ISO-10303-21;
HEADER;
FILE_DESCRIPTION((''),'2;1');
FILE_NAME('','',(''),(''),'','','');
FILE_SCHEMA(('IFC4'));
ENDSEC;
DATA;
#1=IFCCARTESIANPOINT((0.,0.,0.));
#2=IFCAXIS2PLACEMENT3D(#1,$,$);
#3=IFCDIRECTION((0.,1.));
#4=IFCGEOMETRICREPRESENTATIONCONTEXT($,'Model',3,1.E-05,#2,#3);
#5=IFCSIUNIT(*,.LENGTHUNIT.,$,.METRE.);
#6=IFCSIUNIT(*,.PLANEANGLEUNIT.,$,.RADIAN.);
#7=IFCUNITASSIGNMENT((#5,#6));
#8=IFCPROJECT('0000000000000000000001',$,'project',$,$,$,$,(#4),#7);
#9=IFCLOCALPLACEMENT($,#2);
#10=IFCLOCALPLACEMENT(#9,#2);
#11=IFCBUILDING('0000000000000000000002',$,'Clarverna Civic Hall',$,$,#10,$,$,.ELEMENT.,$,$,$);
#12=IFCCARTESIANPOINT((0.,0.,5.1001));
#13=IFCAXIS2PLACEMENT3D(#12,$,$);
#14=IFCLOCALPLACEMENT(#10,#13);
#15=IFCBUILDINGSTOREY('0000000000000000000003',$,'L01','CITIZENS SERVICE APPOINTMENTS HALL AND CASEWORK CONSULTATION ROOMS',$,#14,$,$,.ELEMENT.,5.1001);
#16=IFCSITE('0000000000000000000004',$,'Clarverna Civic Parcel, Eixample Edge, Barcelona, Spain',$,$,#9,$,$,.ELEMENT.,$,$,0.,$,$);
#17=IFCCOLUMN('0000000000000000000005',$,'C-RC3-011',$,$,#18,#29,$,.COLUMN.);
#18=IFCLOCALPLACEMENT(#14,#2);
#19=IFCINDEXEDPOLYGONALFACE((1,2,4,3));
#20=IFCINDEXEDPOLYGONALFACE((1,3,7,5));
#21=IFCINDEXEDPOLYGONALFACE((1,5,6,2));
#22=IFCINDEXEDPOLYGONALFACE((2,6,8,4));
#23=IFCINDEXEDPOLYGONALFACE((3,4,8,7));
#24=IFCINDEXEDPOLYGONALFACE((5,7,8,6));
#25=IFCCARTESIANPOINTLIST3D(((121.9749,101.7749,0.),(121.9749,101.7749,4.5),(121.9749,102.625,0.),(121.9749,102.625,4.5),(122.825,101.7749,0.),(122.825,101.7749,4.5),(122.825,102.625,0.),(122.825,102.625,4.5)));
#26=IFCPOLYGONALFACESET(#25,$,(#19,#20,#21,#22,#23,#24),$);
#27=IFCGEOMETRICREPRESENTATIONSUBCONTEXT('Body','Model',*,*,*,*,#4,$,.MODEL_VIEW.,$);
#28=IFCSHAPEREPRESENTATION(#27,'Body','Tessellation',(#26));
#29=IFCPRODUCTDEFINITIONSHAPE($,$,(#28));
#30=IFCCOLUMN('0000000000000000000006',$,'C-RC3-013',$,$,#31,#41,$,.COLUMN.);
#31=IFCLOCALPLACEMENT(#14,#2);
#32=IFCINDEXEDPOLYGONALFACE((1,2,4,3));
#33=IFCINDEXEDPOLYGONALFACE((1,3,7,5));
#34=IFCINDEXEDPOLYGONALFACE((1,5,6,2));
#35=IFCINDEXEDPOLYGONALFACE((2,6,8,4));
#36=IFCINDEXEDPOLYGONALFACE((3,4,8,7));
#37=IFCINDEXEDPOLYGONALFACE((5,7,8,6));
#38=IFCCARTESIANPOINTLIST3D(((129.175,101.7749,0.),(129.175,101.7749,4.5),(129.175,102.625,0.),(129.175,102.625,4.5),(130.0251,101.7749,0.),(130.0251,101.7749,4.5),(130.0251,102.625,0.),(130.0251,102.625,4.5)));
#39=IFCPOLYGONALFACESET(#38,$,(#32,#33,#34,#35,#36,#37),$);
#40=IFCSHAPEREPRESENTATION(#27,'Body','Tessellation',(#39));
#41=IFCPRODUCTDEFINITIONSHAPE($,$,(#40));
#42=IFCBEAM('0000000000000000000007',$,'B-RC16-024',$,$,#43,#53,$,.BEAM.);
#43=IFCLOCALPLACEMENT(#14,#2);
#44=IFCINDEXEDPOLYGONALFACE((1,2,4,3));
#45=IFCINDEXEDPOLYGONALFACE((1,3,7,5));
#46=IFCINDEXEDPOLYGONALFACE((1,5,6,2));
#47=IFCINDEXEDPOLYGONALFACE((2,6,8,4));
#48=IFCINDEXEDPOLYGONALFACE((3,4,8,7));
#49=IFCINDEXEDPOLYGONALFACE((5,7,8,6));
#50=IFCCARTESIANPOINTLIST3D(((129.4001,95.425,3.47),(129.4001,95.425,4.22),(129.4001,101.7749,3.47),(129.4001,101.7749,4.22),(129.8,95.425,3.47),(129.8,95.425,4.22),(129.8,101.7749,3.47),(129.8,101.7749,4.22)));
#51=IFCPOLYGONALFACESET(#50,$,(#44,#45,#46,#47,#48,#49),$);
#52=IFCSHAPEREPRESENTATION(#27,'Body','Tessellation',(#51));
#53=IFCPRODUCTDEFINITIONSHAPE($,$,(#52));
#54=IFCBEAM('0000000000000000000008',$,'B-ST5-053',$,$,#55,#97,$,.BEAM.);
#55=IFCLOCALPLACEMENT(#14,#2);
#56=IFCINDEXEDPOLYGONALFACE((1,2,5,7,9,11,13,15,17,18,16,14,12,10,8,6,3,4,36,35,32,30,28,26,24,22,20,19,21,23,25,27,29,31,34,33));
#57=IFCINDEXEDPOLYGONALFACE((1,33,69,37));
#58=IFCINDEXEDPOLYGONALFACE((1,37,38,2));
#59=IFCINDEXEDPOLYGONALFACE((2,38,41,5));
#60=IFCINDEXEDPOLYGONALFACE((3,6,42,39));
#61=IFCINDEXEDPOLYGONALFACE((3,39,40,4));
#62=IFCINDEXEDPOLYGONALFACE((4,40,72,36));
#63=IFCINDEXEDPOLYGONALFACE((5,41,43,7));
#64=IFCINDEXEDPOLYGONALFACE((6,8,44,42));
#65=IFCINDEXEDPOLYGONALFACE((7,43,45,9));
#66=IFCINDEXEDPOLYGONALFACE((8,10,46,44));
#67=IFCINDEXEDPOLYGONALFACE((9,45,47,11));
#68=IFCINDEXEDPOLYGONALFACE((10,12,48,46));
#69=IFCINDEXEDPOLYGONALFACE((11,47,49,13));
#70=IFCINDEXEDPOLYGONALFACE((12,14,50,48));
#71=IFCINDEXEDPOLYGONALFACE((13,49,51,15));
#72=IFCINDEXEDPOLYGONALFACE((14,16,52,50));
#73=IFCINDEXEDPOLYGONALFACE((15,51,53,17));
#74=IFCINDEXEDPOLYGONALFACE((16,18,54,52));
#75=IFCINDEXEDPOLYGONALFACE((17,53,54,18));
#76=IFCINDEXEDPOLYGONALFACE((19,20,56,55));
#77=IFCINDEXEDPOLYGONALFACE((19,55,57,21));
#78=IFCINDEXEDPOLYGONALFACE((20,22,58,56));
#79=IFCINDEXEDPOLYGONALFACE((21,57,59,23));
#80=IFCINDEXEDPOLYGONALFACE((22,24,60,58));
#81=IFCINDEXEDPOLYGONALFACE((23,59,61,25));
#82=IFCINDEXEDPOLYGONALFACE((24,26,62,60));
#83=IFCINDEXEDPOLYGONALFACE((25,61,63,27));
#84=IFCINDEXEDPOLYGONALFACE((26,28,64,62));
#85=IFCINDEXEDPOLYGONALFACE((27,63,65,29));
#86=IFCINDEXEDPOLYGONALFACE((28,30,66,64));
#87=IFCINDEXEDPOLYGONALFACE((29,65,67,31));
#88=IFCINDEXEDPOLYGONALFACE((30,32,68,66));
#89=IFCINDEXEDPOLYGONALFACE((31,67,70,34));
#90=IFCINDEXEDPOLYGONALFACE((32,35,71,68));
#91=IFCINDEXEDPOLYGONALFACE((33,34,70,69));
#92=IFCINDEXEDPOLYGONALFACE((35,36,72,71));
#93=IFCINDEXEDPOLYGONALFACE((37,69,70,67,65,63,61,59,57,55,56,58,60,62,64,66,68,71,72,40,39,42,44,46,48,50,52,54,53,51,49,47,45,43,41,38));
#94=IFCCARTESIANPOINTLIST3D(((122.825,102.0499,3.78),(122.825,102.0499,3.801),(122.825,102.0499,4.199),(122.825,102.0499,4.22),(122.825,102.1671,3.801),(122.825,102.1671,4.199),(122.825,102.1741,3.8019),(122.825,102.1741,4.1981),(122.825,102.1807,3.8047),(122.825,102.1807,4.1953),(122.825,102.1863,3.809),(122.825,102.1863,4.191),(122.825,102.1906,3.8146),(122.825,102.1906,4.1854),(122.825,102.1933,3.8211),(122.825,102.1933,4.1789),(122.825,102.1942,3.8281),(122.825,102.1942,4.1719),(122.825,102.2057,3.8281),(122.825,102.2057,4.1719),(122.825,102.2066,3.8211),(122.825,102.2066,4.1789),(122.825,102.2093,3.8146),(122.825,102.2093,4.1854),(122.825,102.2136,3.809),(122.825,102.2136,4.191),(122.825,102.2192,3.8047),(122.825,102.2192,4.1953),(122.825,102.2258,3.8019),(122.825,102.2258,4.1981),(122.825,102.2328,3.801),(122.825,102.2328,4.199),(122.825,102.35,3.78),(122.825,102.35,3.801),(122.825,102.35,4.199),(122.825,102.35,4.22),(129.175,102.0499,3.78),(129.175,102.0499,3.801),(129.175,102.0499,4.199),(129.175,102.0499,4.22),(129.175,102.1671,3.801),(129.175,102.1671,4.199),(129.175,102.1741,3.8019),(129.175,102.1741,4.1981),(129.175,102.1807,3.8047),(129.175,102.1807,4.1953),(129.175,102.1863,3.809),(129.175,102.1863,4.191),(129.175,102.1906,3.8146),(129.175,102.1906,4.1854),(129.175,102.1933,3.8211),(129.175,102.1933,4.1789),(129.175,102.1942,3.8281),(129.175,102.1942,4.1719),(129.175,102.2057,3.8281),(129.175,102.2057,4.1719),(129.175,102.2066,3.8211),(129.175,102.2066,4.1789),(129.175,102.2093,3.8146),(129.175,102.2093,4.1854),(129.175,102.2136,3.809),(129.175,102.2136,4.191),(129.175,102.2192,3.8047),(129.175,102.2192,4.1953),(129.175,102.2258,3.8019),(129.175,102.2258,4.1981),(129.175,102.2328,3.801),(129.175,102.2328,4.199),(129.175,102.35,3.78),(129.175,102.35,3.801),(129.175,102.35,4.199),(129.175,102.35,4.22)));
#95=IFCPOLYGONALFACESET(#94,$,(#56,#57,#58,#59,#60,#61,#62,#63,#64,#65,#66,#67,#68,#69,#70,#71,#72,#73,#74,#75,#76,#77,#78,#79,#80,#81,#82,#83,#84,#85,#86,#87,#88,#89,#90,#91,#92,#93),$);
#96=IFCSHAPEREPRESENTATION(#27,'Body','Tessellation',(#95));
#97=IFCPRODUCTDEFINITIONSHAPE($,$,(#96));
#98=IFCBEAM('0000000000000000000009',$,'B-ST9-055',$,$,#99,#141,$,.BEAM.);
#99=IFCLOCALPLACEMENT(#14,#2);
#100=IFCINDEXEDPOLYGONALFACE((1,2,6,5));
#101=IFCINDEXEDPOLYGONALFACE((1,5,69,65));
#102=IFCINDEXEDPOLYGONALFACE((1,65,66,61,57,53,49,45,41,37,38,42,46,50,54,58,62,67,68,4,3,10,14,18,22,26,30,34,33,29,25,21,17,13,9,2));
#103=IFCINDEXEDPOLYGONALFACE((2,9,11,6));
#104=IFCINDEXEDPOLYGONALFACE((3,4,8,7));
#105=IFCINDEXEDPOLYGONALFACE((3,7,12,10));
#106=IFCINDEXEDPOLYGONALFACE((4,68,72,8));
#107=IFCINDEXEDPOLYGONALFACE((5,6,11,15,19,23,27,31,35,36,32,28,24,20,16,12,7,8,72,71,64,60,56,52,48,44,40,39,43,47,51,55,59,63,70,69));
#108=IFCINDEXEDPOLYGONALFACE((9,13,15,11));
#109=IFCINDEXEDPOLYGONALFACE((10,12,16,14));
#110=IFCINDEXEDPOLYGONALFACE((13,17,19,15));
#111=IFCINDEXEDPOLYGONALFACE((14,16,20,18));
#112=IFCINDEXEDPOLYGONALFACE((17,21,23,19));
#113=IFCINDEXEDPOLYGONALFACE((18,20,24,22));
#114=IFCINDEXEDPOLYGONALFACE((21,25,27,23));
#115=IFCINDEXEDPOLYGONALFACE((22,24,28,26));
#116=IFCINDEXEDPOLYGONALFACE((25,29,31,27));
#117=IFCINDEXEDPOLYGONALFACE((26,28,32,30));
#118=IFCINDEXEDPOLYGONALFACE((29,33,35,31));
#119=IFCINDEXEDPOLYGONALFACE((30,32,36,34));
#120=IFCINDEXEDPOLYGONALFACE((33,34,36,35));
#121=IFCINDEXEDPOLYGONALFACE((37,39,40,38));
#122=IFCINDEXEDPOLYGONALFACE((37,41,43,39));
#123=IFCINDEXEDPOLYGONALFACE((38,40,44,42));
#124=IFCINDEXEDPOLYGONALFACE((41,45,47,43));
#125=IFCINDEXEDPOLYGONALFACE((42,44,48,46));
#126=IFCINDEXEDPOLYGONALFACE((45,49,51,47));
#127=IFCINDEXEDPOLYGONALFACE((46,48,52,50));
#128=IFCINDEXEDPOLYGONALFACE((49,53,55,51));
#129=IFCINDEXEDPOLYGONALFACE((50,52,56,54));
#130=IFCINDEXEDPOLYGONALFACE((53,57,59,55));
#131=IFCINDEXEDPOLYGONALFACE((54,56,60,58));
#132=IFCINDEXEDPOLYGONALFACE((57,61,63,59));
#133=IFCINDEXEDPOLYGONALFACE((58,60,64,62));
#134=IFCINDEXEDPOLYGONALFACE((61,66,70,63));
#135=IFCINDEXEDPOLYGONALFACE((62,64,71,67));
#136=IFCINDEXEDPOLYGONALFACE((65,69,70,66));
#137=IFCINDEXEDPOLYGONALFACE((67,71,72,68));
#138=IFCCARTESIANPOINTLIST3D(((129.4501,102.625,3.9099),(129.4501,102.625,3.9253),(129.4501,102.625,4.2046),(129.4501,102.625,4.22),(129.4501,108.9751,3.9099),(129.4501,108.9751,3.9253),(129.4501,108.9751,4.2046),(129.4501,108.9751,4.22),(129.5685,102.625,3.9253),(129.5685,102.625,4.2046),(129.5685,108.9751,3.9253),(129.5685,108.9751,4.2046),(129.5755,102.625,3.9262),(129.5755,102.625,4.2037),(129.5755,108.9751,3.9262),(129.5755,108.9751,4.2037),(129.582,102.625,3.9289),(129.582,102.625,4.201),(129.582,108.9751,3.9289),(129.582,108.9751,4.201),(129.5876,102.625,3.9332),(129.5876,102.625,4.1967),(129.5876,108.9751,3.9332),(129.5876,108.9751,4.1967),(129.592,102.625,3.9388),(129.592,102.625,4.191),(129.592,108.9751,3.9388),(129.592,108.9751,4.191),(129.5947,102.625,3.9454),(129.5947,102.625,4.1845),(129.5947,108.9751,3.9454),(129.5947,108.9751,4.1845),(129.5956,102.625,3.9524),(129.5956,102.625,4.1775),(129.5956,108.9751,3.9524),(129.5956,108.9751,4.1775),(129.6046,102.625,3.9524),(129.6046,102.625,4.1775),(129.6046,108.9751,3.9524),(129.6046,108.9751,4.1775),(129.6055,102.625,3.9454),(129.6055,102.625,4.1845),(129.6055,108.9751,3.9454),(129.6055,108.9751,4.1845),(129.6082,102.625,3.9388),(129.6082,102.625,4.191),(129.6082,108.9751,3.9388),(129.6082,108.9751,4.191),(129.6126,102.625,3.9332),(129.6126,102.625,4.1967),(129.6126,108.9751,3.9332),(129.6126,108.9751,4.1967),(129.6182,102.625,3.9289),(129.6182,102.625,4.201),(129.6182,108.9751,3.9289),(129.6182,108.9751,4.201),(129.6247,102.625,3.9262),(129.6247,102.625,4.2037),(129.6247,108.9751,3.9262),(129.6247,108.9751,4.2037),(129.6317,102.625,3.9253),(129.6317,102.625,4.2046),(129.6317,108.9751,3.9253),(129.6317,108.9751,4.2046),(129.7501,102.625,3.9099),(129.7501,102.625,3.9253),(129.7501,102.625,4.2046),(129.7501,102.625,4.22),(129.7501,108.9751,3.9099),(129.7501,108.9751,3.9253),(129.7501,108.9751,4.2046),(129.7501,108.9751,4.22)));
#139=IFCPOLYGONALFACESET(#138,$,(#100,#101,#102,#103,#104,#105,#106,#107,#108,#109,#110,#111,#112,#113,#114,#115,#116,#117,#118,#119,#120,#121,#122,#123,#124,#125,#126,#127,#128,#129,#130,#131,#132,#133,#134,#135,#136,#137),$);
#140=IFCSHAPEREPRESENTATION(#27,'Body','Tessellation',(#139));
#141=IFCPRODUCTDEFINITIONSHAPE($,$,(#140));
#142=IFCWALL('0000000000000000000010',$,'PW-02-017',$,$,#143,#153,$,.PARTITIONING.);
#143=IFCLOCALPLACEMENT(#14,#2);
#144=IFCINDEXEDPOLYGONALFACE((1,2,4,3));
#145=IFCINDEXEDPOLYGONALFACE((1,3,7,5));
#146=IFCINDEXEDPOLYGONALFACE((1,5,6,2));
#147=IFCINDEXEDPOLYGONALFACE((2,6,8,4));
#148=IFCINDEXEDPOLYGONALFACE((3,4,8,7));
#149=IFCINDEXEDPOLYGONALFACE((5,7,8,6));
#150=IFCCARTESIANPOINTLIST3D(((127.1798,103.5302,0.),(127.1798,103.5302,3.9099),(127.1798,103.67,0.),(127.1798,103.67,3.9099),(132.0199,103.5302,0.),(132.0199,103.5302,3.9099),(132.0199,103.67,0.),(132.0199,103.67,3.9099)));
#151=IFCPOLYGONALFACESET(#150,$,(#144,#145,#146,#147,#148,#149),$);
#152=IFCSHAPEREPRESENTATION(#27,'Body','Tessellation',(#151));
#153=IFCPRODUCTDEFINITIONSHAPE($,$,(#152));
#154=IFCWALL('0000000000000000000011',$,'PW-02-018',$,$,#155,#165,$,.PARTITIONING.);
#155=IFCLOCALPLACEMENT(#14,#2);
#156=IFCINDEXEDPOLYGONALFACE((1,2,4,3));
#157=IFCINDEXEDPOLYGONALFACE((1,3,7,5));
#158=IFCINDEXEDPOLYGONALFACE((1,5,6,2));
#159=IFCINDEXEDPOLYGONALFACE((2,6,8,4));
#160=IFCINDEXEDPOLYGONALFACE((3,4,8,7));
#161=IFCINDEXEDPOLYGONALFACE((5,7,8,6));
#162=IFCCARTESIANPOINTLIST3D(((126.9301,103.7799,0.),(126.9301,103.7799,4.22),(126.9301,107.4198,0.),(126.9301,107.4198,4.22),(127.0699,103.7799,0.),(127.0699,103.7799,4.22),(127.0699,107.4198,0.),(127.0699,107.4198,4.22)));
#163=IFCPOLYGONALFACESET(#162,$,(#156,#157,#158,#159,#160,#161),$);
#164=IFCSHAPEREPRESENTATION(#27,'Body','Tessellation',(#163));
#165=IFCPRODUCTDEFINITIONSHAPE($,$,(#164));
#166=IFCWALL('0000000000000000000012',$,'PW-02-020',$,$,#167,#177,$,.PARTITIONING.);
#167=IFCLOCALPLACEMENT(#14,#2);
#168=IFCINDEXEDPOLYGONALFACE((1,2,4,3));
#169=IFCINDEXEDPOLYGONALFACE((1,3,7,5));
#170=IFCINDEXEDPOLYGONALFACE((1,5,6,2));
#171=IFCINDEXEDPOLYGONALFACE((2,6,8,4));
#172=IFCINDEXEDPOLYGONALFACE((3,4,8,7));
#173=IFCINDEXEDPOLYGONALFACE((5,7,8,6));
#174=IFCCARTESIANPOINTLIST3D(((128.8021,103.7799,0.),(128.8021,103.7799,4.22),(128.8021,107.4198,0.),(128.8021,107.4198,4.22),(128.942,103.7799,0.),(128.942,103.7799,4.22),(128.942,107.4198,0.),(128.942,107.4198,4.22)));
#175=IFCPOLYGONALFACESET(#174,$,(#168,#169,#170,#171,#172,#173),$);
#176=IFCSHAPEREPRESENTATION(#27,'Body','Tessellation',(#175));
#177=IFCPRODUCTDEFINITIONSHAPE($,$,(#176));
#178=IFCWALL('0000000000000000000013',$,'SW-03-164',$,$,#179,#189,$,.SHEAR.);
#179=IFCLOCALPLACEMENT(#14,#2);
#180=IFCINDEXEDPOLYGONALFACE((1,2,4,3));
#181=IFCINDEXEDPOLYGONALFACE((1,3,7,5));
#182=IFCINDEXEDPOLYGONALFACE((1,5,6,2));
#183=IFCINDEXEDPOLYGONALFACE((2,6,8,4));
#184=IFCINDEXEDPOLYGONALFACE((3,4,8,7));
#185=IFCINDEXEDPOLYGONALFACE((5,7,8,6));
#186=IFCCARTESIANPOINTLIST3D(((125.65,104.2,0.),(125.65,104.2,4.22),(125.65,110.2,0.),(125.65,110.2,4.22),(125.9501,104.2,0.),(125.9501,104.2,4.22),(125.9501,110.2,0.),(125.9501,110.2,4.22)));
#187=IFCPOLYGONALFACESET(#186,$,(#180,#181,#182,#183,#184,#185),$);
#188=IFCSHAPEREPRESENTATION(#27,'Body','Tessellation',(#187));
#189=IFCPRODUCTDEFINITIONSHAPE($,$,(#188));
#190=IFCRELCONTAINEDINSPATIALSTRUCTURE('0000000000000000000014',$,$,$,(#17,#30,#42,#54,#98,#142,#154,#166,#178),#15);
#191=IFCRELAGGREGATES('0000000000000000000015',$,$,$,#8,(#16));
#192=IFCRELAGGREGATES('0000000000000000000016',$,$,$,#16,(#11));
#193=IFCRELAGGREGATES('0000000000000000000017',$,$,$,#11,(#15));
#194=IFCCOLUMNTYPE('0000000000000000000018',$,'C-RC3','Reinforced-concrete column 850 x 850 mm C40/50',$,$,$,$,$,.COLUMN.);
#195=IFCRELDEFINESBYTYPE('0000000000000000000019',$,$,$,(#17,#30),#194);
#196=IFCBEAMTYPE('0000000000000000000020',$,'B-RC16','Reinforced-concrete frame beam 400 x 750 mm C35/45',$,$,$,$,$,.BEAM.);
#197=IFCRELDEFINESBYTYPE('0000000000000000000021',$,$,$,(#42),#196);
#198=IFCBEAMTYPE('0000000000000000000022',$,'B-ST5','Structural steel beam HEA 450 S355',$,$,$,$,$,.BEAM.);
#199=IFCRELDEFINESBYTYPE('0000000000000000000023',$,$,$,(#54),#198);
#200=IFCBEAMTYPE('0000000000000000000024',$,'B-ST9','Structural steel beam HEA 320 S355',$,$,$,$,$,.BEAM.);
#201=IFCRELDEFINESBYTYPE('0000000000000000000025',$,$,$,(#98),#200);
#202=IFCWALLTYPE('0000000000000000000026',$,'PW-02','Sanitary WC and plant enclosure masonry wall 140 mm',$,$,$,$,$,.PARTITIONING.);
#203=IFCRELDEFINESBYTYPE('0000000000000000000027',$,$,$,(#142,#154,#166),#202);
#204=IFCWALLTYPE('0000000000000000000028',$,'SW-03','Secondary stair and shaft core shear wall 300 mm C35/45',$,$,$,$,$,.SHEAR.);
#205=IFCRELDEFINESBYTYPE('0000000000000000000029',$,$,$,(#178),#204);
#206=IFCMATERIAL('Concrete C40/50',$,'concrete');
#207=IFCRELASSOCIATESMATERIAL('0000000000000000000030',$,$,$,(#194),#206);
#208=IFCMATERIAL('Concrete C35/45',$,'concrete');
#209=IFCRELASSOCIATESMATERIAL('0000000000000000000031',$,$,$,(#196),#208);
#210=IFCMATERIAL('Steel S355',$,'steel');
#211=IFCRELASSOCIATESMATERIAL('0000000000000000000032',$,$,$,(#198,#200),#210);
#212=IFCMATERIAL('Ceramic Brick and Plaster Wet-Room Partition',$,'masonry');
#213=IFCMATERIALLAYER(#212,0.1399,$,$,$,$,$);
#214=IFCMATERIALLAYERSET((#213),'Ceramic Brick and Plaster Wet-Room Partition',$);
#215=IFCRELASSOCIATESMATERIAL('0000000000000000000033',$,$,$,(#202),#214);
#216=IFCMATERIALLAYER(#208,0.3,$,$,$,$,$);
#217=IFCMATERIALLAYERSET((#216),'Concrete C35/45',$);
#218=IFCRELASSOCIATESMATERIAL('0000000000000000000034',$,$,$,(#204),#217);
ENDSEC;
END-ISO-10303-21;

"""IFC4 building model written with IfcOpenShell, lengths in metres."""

from ifc_helpers import new_model, si_unit, direction, frame, frame_2d, origin, origin_2d, place, context, subcontext, project, spatial, rectangle, i_section, extrude, material, layer, layer_set, material_profile, profile_set, type_object, element, save


model = new_model("IFC4")

# Units and contexts
model_context = context("Model", 3, precision=1e-05, world=origin(), true_north=direction((0.0, 1.0)))
body_context = subcontext(model_context, "Body", "Model", "MODEL_VIEW")
ifc_project = project(units=[si_unit("LENGTHUNIT", "METRE"), si_unit("PLANEANGLEUNIT", "RADIAN")], contexts=[model_context])

# Site, building, storey
site_placement = place(None, origin())
site = spatial("IfcSite", under=ifc_project, at=site_placement, Name="Clarverna Civic Parcel, Eixample Edge, Barcelona, Spain", CompositionType="ELEMENT", RefElevation=0.0)
building_placement = place(site_placement, origin())
building = spatial("IfcBuilding", under=site, at=building_placement, Name="Clarverna Civic Hall", CompositionType="ELEMENT")
storey_placement = place(building_placement, frame((0.0, 0.0, 5.1001)))
storey = spatial("IfcBuildingStorey", under=building, at=storey_placement, Name="L01", Description="CITIZENS SERVICE APPOINTMENTS HALL AND CASEWORK CONSULTATION ROOMS", CompositionType="ELEMENT", Elevation=5.1001)

# Columns
ifc_material_1 = material(Name="Concrete C40/50", Category="concrete")
ifc_material_profile_1 = material_profile(ifc_material_1, rectangle(XDim=0.8501, YDim=0.8501, at=origin_2d()), Name="RC 850x850")
ifc_profile_set_1 = profile_set([ifc_material_profile_1], Name="Concrete C40/50")
column_type = type_object("IfcColumnType", Name="C-RC3", Description="Reinforced-concrete column 850 x 850 mm C40/50", PredefinedType="COLUMN", material=ifc_profile_set_1)
for number, where, z_axis, x_axis, name in (
    (1, (122.3999, 102.2, 0.0), (0.0, 0.0, 1.0), (1.0, 0.0, 0.0), "C-RC3-011"),
    (2, (129.6001, 102.2, 0.0), (0.0, 0.0, 1.0), (1.0, 0.0, 0.0), "C-RC3-013"),
):
    element("IfcColumn", number, at=place(storey_placement, frame(where, z_axis=z_axis, x_axis=x_axis)), inside=storey, type_object=column_type, Name=name, PredefinedType="COLUMN", context=body_context, shape_type="SweptSolid", body=[
        extrude(rectangle(XDim=0.8501, YDim=0.8501, at=origin_2d()), origin(), (0.0, 0.0, 1.0), 4.5),
    ])

# Beams
ifc_material_2 = material(Name="Concrete C35/45", Category="concrete")
ifc_material_profile_2 = material_profile(ifc_material_2, rectangle(XDim=0.3999, YDim=0.75, at=origin_2d()), Name="RC 400x750")
ifc_profile_set_2 = profile_set([ifc_material_profile_2], Name="Concrete C35/45")
beam_type_1 = type_object("IfcBeamType", Name="B-RC16", Description="Reinforced-concrete frame beam 400 x 750 mm C35/45", PredefinedType="BEAM", material=ifc_profile_set_2)
beam_1_placement = place(storey_placement, frame((129.6001, 95.425, 3.845), z_axis=(0.0, 1.0, 0.0), x_axis=(-1.0, 0.0, 0.0)))
element("IfcBeam", 3, at=beam_1_placement, inside=storey, type_object=beam_type_1, Name="B-RC16-024", PredefinedType="BEAM", context=body_context, shape_type="SweptSolid", body=[
    extrude(rectangle(XDim=0.3999, YDim=0.75, at=origin_2d()), origin(), (0.0, 0.0, 1.0), 6.3499),
])
ifc_material_3 = material(Name="Steel S355", Category="steel")
ifc_material_profile_3 = material_profile(ifc_material_3, i_section(OverallWidth=0.3, OverallDepth=0.4399, WebThickness=0.0115, FlangeThickness=0.021, FilletRadius=0.0271, at=origin_2d()), Name="HEA 450")
ifc_profile_set_3 = profile_set([ifc_material_profile_3], Name="Steel S355")
beam_type_2 = type_object("IfcBeamType", Name="B-ST5", Description="Structural steel beam HEA 450 S355", PredefinedType="BEAM", material=ifc_profile_set_3)
beam_2_placement = place(storey_placement, frame((122.825, 102.2, 4.0), z_axis=(1.0, 0.0, 0.0), x_axis=(0.0, 1.0, 0.0)))
element("IfcBeam", 4, at=beam_2_placement, inside=storey, type_object=beam_type_2, Name="B-ST5-053", PredefinedType="BEAM", context=body_context, shape_type="SweptSolid", body=[
    extrude(i_section(OverallWidth=0.3, OverallDepth=0.4399, WebThickness=0.0115, FlangeThickness=0.021, FilletRadius=0.0271, at=origin_2d()), origin(), (0.0, 0.0, 1.0), 6.3501),
])
ifc_material_profile_4 = material_profile(ifc_material_3, i_section(OverallWidth=0.3, OverallDepth=0.3101, WebThickness=0.009, FlangeThickness=0.0154, FilletRadius=0.0271, at=origin_2d()), Name="HEA 320")
ifc_profile_set_4 = profile_set([ifc_material_profile_4], Name="Steel S355")
beam_type_3 = type_object("IfcBeamType", Name="B-ST9", Description="Structural steel beam HEA 320 S355", PredefinedType="BEAM", material=ifc_profile_set_4)
beam_3_placement = place(storey_placement, frame((129.6001, 102.625, 4.0649), z_axis=(0.0, 1.0, 0.0), x_axis=(-1.0, 0.0, 0.0)))
element("IfcBeam", 5, at=beam_3_placement, inside=storey, type_object=beam_type_3, Name="B-ST9-055", PredefinedType="BEAM", context=body_context, shape_type="SweptSolid", body=[
    extrude(i_section(OverallWidth=0.3, OverallDepth=0.3101, WebThickness=0.009, FlangeThickness=0.0154, FilletRadius=0.0271, at=origin_2d()), origin(), (0.0, 0.0, 1.0), 6.3501),
])

# Walls
ifc_material_4 = material(Name="Ceramic Brick and Plaster Wet-Room Partition", Category="masonry")
ifc_layer_1 = layer(ifc_material_4, 0.1399)
ifc_layer_set_1 = layer_set([ifc_layer_1], Name="Ceramic Brick and Plaster Wet-Room Partition")
wall_type_1 = type_object("IfcWallType", Name="PW-02", Description="Sanitary WC and plant enclosure masonry wall 140 mm", PredefinedType="PARTITIONING", material=ifc_layer_set_1)
wall_1_placement = place(storey_placement, frame((127.1799, 103.6001, 0.0), z_axis=(0.0, 0.0, 1.0), x_axis=(1.0, 0.0, 0.0)))
element("IfcWall", 6, at=wall_1_placement, inside=storey, type_object=wall_type_1, Name="PW-02-017", PredefinedType="PARTITIONING", context=body_context, shape_type="SweptSolid", body=[
    extrude(rectangle(XDim=4.8401, YDim=0.1399, at=frame_2d((2.4199, 0.0))), origin(), (0.0, 0.0, 1.0), 3.9099),
])
for number, where, z_axis, x_axis, name in (
    (7, (127.0, 103.78, 0.0), (0.0, 0.0, 1.0), (0.0, 1.0, 0.0), "PW-02-018"),
    (8, (128.8721, 103.78, 0.0), (0.0, 0.0, 1.0), (0.0, 1.0, 0.0), "PW-02-020"),
):
    element("IfcWall", number, at=place(storey_placement, frame(where, z_axis=z_axis, x_axis=x_axis)), inside=storey, type_object=wall_type_1, Name=name, PredefinedType="PARTITIONING", context=body_context, shape_type="SweptSolid", body=[
        extrude(rectangle(XDim=3.6399, YDim=0.1399, at=frame_2d((1.8198, 0.0))), origin(), (0.0, 0.0, 1.0), 4.22),
    ])

# Wall
ifc_layer_2 = layer(ifc_material_2, 0.3)
ifc_layer_set_2 = layer_set([ifc_layer_2], Name="Concrete C35/45")
wall_type_2 = type_object("IfcWallType", Name="SW-03", Description="Secondary stair and shaft core shear wall 300 mm C35/45", PredefinedType="SHEAR", material=ifc_layer_set_2)
wall_2_placement = place(storey_placement, frame((125.8, 104.2, 0.0), z_axis=(0.0, 0.0, 1.0), x_axis=(0.0, 1.0, 0.0)))
element("IfcWall", 9, at=wall_2_placement, inside=storey, type_object=wall_type_2, Name="SW-03-164", PredefinedType="SHEAR", context=body_context, shape_type="SweptSolid", body=[
    extrude(rectangle(XDim=6.0, YDim=0.3, at=frame_2d((3.0, 0.0))), origin(), (0.0, 0.0, 1.0), 4.22),
])

save(model, "model.ifc")
